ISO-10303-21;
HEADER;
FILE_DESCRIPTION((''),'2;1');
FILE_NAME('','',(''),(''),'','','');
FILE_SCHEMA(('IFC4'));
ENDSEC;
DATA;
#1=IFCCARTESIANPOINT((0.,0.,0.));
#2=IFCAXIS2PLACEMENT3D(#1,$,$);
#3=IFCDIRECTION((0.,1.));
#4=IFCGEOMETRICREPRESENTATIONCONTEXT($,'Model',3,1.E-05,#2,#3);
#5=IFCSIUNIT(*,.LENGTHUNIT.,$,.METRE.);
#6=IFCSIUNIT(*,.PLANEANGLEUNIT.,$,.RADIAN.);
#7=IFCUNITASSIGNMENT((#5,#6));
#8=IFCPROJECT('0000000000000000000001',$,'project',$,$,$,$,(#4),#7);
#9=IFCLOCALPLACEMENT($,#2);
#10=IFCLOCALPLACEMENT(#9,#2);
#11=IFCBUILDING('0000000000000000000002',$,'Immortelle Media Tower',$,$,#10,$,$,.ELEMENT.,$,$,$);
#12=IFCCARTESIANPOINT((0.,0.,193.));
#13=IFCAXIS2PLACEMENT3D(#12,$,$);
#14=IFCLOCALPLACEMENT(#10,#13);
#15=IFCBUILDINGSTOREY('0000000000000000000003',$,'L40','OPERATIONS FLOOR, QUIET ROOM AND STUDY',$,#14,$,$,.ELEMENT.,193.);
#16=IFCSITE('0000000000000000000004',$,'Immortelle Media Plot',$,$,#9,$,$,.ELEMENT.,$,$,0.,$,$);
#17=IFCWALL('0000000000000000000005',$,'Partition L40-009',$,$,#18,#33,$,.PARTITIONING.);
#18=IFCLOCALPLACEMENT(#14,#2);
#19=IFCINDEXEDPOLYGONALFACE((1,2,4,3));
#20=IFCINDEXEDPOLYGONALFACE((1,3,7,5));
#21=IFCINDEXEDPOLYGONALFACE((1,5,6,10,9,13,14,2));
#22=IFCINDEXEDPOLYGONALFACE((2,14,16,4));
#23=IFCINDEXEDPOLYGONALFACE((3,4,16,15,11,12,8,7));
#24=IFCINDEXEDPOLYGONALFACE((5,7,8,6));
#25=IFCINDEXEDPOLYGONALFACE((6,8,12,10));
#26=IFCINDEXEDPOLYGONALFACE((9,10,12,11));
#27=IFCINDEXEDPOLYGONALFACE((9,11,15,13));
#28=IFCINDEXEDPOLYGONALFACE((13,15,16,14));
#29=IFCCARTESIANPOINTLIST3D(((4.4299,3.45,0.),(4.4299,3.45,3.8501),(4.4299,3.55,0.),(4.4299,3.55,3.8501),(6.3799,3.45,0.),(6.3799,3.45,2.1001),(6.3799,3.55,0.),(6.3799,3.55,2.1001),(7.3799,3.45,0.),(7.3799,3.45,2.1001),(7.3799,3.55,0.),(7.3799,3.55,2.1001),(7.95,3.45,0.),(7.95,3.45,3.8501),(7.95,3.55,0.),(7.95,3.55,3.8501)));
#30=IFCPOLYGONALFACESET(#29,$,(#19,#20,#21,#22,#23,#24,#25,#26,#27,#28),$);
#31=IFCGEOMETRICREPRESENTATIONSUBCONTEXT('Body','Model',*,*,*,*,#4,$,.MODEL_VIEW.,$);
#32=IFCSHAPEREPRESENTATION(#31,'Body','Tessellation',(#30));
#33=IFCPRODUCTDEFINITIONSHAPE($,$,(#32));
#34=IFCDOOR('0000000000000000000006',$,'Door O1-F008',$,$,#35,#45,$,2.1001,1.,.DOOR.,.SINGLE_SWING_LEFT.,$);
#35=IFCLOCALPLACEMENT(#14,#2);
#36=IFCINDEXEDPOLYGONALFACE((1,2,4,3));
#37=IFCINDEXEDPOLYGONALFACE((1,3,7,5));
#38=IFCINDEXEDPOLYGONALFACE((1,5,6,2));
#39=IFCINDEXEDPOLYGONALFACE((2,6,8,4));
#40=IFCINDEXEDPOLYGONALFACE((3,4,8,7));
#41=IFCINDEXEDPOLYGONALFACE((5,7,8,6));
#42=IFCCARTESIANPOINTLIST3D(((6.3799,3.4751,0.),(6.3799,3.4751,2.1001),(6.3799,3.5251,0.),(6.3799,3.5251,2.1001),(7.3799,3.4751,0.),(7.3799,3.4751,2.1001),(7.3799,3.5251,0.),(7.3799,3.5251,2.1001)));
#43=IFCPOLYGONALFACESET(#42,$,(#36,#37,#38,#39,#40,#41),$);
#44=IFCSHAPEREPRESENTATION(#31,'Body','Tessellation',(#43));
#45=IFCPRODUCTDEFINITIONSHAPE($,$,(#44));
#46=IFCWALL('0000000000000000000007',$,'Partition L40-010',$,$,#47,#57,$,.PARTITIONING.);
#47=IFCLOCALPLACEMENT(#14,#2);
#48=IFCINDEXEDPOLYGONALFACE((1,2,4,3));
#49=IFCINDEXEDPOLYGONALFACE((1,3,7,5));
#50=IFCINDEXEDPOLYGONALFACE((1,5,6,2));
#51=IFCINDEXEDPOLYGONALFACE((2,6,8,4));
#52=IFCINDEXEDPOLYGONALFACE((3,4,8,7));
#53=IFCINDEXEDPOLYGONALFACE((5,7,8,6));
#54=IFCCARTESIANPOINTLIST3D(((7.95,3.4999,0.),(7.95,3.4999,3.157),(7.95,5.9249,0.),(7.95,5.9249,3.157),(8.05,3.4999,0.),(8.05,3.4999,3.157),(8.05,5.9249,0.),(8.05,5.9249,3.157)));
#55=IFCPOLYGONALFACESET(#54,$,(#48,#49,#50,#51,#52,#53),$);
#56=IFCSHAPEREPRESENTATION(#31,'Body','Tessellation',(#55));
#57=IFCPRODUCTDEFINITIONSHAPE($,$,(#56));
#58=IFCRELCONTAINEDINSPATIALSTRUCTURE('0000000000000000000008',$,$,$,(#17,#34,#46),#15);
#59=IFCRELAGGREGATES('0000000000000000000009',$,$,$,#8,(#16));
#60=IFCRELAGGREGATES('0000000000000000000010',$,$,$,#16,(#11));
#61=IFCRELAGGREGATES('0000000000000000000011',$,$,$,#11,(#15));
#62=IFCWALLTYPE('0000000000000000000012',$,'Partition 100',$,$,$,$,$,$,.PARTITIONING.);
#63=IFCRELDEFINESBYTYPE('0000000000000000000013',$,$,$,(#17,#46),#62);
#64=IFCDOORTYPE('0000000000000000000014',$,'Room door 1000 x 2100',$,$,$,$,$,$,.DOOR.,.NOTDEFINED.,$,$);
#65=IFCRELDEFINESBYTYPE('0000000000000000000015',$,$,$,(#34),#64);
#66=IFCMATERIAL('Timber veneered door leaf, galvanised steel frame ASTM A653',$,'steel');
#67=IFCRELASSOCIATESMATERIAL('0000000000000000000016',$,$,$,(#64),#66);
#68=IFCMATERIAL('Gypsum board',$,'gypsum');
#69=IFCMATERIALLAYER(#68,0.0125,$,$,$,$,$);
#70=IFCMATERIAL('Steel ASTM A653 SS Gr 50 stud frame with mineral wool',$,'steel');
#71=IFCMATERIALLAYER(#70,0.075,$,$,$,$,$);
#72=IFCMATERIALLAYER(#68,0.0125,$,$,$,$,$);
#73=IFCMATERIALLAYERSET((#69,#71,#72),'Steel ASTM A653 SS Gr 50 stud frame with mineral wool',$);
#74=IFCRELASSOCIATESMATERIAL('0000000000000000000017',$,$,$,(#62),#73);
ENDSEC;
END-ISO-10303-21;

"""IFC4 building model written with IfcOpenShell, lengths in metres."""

from ifc_helpers import new_model, si_unit, direction, frame, frame_2d, origin, place, context, subcontext, project, spatial, rectangle, extrude, material, layer, layer_set, type_object, element, fill, save


model = new_model("IFC4")

# Units and contexts
model_context = context("Model", 3, precision=1e-05, world=origin(), true_north=direction((0.0, 1.0)))
body_context = subcontext(model_context, "Body", "Model", "MODEL_VIEW")
ifc_project = project(units=[si_unit("LENGTHUNIT", "METRE"), si_unit("PLANEANGLEUNIT", "RADIAN")], contexts=[model_context])

# Site, building, storey
site_placement = place(None, origin())
site = spatial("IfcSite", under=ifc_project, at=site_placement, Name="Immortelle Media Plot", CompositionType="ELEMENT", RefElevation=0.0)
building_placement = place(site_placement, origin())
building = spatial("IfcBuilding", under=site, at=building_placement, Name="Immortelle Media Tower", CompositionType="ELEMENT")
storey_placement = place(building_placement, frame((0.0, 0.0, 193.0)))
storey = spatial("IfcBuildingStorey", under=building, at=storey_placement, Name="L40", Description="OPERATIONS FLOOR, QUIET ROOM AND STUDY", CompositionType="ELEMENT", Elevation=193.0)

# Shared definitions
ifc_material_1 = material(Name="Steel ASTM A653 SS Gr 50 stud frame with mineral wool", Category="steel")
ifc_material_2 = material(Name="Timber veneered door leaf, galvanised steel frame ASTM A653", Category="steel")
door_type = type_object("IfcDoorType", Name="Room door 1000 x 2100", OperationType="NOTDEFINED", PredefinedType="DOOR", material=ifc_material_2)

# Shared definitions
ifc_material_3 = material(Name="Gypsum board", Category="gypsum")
ifc_layer_1 = layer(ifc_material_3, 0.0125)
ifc_layer_2 = layer(ifc_material_1, 0.075)
ifc_layer_3 = layer(ifc_material_3, 0.0125)
ifc_layer_set_1 = layer_set([ifc_layer_1, ifc_layer_2, ifc_layer_3], Name="Steel ASTM A653 SS Gr 50 stud frame with mineral wool")
wall_type_1 = type_object("IfcWallType", Name="Partition 100", PredefinedType="PARTITIONING", material=ifc_layer_set_1)

# Wall, opening, door
wall_1_placement = place(storey_placement, frame((4.4299, 3.5, 0.0), z_axis=(0.0, 0.0, 1.0), x_axis=(1.0, 0.0, 0.0)))
wall_1 = element("IfcWall", 1, at=wall_1_placement, inside=storey, type_object=wall_type_1, Name="Partition L40-009", PredefinedType="PARTITIONING", context=body_context, shape_type="SweptSolid", body=[
    extrude(rectangle(XDim=3.52, YDim=0.1001, at=frame_2d((1.76, 0.0))), origin(), (0.0, 0.0, 1.0), 3.8501),
])
opening_1_placement = place(wall_1_placement, frame((2.95, 0.0, 0.0), z_axis=(0.0, 0.0, 1.0), x_axis=(-1.0, 0.0, 0.0)))
opening_1 = element("IfcOpeningElement", 2, at=opening_1_placement, cuts=wall_1, PredefinedType="OPENING", context=body_context, shape_type="SweptSolid", body=[
    extrude(rectangle(XDim=1.0, YDim=2.1001, at=frame_2d((0.5, 1.05))), frame((0.0, 0.0601, 0.0), z_axis=(0.0, -1.0, 0.0), x_axis=(1.0, 0.0, 0.0)), (0.0, 0.0, 1.0), 0.1201),
])
door_1_placement = place(opening_1_placement, origin())
door_1 = element("IfcDoor", 3, at=door_1_placement, inside=storey, type_object=door_type, Name="Door O1-F008", OperationType="SINGLE_SWING_LEFT", OverallHeight=2.1001, OverallWidth=1.0, PredefinedType="DOOR", context=body_context, shape_type="SweptSolid", body=[
    extrude(rectangle(XDim=1.0, YDim=2.1001, at=frame_2d((0.5, 1.05))), frame((0.0, 0.0249, 0.0), z_axis=(0.0, -1.0, 0.0), x_axis=(1.0, 0.0, 0.0)), (0.0, 0.0, 1.0), 0.05),
])
fill(opening_1, door_1)

# Wall
wall_2_placement = place(storey_placement, frame((8.0, 3.5, 0.0), z_axis=(0.0, 0.0, 1.0), x_axis=(0.0, 1.0, 0.0)))
element("IfcWall", 4, at=wall_2_placement, inside=storey, type_object=wall_type_1, Name="Partition L40-010", PredefinedType="PARTITIONING", context=body_context, shape_type="SweptSolid", body=[
    extrude(rectangle(XDim=2.425, YDim=0.1001, at=frame_2d((1.2124, 0.0))), origin(), (0.0, 0.0, 1.0), 3.157),
])

save(model, "model.ifc")
